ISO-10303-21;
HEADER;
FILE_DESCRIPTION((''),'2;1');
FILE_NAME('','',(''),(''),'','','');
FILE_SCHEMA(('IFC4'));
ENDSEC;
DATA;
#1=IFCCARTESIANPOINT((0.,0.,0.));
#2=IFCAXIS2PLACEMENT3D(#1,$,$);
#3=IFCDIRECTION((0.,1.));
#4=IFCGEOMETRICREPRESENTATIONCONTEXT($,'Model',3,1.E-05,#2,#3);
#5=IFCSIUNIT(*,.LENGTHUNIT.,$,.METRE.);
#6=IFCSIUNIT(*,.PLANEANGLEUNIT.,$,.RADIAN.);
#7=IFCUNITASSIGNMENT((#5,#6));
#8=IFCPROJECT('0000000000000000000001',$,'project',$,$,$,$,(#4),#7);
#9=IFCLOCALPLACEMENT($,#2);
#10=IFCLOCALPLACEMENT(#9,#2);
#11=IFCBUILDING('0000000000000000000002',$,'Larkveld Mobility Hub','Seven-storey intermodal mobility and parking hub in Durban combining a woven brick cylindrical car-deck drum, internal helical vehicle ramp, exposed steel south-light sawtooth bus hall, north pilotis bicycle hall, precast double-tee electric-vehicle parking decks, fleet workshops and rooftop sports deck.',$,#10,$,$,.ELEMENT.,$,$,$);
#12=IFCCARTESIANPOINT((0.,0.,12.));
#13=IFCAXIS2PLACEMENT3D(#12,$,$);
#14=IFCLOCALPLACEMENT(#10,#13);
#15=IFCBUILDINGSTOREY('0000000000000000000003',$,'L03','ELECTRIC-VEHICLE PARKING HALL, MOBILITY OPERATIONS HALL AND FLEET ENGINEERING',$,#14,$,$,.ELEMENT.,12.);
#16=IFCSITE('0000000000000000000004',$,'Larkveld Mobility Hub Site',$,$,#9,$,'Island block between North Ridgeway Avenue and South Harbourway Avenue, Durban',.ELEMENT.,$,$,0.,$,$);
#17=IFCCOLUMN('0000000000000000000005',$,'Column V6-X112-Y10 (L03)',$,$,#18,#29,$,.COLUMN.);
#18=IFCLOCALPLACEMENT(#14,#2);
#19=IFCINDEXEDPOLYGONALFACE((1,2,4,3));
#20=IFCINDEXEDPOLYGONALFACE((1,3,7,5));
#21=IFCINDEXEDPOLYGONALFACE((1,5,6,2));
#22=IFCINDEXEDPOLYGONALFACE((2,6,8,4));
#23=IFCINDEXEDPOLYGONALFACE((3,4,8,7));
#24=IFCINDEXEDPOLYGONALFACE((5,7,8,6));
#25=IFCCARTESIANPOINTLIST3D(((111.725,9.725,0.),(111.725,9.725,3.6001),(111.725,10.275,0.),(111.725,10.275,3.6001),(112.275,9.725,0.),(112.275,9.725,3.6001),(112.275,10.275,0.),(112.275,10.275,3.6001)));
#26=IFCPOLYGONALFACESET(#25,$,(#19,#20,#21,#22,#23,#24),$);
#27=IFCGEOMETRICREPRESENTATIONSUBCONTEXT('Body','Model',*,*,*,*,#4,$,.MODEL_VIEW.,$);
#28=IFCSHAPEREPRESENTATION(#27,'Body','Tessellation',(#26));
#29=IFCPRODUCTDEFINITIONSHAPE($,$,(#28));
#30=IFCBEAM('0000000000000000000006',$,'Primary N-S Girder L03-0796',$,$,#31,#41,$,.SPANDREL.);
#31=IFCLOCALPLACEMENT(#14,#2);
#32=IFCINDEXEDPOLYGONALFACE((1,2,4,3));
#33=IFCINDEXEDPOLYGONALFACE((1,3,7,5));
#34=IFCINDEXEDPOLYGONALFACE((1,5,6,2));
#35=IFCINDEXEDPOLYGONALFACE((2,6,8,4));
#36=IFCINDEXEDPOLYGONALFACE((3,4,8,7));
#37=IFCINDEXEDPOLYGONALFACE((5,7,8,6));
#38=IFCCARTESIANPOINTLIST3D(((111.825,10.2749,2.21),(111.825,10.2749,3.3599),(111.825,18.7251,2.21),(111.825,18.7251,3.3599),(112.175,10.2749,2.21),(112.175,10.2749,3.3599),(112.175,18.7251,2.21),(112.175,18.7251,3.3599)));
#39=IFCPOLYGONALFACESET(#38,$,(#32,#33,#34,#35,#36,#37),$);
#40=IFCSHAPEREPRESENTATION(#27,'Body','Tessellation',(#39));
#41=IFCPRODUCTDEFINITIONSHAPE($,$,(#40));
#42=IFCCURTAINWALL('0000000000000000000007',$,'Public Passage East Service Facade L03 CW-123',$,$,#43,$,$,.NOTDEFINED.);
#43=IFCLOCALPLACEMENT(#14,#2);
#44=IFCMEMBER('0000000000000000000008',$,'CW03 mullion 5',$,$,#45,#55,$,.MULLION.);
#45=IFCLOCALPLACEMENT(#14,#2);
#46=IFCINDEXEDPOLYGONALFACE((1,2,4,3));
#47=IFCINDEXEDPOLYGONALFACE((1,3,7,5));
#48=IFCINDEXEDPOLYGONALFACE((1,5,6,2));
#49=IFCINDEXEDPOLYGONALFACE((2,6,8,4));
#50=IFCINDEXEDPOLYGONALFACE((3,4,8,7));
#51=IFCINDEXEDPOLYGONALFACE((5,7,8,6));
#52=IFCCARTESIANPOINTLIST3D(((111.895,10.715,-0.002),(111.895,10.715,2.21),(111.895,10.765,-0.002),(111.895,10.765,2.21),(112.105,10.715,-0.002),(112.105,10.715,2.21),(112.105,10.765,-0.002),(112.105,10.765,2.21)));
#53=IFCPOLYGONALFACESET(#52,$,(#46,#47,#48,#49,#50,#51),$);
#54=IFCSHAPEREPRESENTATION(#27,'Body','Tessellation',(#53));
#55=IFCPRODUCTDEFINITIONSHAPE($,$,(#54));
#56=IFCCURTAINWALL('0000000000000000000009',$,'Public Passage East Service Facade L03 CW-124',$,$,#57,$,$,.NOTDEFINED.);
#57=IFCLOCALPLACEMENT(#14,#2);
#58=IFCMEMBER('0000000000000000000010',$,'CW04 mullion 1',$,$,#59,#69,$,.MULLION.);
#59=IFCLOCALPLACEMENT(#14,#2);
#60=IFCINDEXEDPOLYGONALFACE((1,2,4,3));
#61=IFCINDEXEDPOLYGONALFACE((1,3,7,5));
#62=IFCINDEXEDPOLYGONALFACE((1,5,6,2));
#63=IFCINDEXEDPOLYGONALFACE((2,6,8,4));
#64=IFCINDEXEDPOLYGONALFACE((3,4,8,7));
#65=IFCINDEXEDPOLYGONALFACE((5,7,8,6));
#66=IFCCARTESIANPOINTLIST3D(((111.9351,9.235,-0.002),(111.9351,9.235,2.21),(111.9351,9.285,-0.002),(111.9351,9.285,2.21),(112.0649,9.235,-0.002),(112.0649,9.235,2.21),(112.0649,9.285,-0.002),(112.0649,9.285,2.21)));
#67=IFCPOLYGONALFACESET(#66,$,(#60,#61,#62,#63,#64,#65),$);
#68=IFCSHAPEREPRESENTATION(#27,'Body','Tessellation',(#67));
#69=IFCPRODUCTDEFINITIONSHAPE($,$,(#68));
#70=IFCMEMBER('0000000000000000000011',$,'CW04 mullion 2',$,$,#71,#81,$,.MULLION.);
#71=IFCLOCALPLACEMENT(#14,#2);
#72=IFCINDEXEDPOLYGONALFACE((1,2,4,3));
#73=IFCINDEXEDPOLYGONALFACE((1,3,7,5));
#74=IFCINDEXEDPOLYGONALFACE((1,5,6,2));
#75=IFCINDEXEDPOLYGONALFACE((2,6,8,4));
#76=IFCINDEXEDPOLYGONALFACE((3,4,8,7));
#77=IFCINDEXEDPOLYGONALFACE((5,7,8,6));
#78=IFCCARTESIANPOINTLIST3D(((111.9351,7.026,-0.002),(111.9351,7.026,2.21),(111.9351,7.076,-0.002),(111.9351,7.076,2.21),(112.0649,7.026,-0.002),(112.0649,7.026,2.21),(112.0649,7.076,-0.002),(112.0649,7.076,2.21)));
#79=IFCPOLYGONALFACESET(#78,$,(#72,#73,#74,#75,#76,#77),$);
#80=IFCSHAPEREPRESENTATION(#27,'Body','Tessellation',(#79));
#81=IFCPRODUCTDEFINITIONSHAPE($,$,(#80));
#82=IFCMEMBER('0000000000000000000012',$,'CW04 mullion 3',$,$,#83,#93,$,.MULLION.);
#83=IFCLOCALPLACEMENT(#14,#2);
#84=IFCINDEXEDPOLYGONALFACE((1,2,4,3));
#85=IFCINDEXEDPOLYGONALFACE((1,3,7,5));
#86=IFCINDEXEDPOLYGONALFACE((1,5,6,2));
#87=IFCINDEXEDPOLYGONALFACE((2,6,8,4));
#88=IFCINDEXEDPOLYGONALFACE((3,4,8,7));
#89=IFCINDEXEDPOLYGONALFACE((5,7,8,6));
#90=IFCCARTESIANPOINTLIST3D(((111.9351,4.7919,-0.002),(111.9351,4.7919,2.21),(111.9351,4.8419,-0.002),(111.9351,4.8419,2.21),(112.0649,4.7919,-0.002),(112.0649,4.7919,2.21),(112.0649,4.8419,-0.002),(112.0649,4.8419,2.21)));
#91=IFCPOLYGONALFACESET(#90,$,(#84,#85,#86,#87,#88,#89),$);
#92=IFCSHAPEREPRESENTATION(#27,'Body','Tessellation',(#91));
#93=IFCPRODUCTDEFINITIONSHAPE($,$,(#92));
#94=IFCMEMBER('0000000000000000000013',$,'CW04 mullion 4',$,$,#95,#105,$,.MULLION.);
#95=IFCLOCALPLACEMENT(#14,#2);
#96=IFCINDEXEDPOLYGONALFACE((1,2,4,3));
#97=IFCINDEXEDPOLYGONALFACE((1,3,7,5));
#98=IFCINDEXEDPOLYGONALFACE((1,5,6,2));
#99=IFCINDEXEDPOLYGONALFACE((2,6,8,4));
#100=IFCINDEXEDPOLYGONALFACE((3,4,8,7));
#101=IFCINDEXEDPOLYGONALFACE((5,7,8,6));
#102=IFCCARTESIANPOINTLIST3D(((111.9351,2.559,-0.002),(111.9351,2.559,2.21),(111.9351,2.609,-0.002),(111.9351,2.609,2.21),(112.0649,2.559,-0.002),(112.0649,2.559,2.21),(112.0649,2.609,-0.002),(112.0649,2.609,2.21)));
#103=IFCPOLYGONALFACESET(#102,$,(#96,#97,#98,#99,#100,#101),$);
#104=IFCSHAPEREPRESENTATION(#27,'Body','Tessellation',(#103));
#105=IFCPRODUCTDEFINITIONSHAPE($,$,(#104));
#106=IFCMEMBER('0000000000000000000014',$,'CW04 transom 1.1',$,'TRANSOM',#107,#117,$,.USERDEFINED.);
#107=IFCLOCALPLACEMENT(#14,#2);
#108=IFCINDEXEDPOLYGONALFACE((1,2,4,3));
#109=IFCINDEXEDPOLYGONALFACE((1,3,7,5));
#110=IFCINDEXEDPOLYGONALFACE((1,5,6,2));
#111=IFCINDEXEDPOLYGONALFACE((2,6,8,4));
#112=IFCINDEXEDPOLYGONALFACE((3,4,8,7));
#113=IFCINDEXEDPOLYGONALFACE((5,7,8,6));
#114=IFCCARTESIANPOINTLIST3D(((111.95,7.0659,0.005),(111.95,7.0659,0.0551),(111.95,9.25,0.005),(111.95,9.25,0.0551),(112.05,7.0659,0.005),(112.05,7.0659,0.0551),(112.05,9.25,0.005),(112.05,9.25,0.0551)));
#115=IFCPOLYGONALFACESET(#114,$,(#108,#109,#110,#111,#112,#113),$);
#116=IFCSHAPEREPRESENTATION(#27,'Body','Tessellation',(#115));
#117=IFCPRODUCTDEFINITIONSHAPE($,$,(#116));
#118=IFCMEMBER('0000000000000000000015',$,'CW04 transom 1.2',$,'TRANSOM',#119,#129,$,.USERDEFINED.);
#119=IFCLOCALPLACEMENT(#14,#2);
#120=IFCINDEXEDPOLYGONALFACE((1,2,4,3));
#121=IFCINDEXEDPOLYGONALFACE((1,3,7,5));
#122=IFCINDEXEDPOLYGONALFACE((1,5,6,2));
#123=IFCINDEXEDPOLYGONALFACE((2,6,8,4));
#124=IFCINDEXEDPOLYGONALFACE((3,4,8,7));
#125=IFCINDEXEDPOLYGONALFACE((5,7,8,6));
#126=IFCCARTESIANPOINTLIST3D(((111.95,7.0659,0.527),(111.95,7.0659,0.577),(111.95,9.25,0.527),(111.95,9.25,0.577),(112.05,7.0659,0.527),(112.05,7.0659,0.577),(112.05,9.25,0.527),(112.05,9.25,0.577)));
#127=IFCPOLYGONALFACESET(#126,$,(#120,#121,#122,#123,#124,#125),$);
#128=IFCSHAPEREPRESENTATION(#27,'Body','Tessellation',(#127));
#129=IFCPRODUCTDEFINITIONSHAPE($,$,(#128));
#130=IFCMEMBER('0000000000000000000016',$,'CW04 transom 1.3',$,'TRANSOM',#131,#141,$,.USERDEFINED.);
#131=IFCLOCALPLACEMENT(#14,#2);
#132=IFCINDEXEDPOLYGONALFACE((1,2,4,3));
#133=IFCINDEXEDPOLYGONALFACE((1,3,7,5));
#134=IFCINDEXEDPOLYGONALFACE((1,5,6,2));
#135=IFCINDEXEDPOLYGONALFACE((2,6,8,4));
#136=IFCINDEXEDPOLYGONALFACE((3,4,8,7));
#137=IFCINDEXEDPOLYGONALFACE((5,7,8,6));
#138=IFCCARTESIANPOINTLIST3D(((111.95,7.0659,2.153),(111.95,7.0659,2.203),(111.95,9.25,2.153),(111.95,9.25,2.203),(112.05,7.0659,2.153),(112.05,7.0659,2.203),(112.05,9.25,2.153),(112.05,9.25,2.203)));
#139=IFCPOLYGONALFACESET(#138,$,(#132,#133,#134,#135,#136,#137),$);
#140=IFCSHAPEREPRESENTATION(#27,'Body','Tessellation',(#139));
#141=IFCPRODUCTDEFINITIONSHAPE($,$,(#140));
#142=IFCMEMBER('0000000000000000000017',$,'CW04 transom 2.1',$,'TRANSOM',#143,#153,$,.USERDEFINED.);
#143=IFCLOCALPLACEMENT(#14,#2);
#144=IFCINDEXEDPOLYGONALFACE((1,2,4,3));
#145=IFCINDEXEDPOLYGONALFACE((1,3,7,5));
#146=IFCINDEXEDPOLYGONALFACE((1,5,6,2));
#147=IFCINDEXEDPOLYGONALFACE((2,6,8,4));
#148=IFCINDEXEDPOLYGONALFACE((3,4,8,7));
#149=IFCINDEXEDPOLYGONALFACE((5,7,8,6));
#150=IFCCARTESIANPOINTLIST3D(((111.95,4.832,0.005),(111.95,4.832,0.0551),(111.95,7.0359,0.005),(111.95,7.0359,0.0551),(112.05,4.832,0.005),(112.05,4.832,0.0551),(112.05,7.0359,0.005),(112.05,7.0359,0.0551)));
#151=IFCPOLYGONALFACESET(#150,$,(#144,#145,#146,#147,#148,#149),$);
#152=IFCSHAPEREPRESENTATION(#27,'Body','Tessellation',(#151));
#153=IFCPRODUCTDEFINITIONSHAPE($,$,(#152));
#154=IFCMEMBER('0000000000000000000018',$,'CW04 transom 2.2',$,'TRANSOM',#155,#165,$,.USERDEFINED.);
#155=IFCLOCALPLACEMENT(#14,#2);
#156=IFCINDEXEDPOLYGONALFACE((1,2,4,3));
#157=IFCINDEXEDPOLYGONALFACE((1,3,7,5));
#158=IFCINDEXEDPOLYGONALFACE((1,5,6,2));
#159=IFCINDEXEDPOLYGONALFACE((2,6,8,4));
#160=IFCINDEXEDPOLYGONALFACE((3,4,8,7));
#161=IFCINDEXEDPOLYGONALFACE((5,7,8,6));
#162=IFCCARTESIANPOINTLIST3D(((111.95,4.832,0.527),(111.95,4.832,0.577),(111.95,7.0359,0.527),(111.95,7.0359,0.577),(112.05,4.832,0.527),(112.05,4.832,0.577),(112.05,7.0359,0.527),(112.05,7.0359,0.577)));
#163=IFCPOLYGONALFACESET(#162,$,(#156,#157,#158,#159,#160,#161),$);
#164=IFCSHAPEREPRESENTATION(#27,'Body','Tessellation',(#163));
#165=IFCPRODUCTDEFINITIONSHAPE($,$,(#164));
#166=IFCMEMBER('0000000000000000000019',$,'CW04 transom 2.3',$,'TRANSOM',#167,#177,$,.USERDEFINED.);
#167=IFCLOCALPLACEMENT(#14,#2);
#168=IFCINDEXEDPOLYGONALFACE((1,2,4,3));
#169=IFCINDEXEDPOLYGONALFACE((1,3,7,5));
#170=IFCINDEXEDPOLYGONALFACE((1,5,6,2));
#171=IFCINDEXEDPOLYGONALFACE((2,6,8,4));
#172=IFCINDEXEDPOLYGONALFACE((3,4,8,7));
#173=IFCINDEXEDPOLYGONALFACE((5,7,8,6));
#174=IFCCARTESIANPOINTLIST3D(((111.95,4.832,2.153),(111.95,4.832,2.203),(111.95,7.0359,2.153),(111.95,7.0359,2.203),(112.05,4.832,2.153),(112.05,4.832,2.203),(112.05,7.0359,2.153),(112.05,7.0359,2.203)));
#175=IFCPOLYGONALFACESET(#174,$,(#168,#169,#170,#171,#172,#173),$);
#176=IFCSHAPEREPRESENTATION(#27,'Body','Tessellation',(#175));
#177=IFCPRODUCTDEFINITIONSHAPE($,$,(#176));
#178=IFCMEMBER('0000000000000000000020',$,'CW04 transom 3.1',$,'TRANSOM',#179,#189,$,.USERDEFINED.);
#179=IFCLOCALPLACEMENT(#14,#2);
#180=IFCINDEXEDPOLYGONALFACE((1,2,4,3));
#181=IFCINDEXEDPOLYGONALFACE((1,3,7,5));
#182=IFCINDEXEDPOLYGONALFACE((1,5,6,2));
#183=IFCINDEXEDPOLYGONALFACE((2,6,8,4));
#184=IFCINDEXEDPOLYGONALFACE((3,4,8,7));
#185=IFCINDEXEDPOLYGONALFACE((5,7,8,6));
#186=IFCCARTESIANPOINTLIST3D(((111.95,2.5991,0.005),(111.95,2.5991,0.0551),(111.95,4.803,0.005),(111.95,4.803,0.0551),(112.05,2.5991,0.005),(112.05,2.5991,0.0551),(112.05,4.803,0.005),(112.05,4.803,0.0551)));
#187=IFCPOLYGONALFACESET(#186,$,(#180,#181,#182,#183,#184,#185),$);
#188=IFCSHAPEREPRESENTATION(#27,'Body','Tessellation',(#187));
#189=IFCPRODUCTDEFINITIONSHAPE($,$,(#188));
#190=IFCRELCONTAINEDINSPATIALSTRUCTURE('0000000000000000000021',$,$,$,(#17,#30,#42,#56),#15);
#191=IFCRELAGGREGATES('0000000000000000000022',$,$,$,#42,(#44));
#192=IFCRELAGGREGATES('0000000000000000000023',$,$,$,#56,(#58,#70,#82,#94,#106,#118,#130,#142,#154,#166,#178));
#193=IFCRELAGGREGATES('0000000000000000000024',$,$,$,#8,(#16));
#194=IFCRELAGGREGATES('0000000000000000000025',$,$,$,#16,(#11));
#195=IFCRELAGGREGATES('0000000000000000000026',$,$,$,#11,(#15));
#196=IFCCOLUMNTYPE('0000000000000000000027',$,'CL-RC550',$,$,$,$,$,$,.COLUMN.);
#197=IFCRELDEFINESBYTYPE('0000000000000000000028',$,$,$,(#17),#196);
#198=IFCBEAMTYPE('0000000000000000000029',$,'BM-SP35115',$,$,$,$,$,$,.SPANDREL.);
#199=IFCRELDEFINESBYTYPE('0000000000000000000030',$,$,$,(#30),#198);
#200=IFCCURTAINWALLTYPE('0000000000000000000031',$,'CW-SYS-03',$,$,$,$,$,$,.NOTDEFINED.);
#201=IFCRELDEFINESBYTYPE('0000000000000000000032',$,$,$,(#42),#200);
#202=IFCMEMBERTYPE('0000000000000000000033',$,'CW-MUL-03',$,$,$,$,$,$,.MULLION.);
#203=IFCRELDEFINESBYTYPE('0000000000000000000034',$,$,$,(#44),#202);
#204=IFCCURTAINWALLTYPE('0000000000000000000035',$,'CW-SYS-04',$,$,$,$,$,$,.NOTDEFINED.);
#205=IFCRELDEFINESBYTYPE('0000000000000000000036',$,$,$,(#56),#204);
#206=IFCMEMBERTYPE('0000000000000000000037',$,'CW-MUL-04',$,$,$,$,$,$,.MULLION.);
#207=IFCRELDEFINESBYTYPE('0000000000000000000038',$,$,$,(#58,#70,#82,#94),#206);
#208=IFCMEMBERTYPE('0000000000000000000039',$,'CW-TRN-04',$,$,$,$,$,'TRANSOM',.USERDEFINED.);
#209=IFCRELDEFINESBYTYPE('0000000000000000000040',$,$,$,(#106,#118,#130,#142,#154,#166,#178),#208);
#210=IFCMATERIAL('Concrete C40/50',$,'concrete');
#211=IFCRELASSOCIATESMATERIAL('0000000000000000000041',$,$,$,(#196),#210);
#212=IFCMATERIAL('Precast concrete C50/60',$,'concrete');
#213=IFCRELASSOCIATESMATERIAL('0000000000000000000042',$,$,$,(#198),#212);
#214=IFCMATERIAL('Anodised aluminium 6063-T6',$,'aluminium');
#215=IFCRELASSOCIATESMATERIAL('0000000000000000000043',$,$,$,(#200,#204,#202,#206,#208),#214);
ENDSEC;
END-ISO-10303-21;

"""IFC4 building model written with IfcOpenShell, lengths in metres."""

from ifc_helpers import new_model, si_unit, direction, frame, origin, origin_2d, place, context, subcontext, project, spatial, rectangle, extrude, material, material_profile, profile_set, type_object, element, aggregate, save


model = new_model("IFC4")

# Units and contexts
model_context = context("Model", 3, precision=1e-05, world=origin(), true_north=direction((0.0, 1.0)))
body_context = subcontext(model_context, "Body", "Model", "MODEL_VIEW")
ifc_project = project(units=[si_unit("LENGTHUNIT", "METRE"), si_unit("PLANEANGLEUNIT", "RADIAN")], contexts=[model_context])

# Site, building, storey
site_placement = place(None, origin())
site = spatial("IfcSite", under=ifc_project, at=site_placement, Name="Larkveld Mobility Hub Site", LongName="Island block between North Ridgeway Avenue and South Harbourway Avenue, Durban", CompositionType="ELEMENT", RefElevation=0.0)
building_placement = place(site_placement, origin())
building = spatial("IfcBuilding", under=site, at=building_placement, Name="Larkveld Mobility Hub", Description="Seven-storey intermodal mobility and parking hub in Durban combining a woven brick cylindrical car-deck drum, internal helical vehicle ramp, exposed steel south-light sawtooth bus hall, north pilotis bicycle hall, precast double-tee electric-vehicle parking decks, fleet workshops and rooftop sports deck.", CompositionType="ELEMENT")
storey_placement = place(building_placement, frame((0.0, 0.0, 12.0)))
storey = spatial("IfcBuildingStorey", under=building, at=storey_placement, Name="L03", Description="ELECTRIC-VEHICLE PARKING HALL, MOBILITY OPERATIONS HALL AND FLEET ENGINEERING", CompositionType="ELEMENT", Elevation=12.0)

# Column
ifc_material_1 = material(Name="Concrete C40/50", Category="concrete")
ifc_material_profile_1 = material_profile(ifc_material_1, rectangle(XDim=0.55, YDim=0.55, at=origin_2d()), Name="RC COL 550x550")
ifc_profile_set_1 = profile_set([ifc_material_profile_1], Name="Concrete C40/50")
column_type = type_object("IfcColumnType", Name="CL-RC550", PredefinedType="COLUMN", material=ifc_profile_set_1)
column_placement = place(storey_placement, frame((112.0, 10.0, 0.0), z_axis=(0.0, 0.0, 1.0), x_axis=(1.0, 0.0, 0.0)))
element("IfcColumn", 1, at=column_placement, inside=storey, type_object=column_type, Name="Column V6-X112-Y10 (L03)", PredefinedType="COLUMN", context=body_context, shape_type="SweptSolid", body=[
    extrude(rectangle(XDim=0.55, YDim=0.55, at=origin_2d()), origin(), (0.0, 0.0, 1.0), 3.6001),
])

# Beam
ifc_material_2 = material(Name="Precast concrete C50/60", Category="concrete")
ifc_material_profile_2 = material_profile(ifc_material_2, rectangle(XDim=0.3501, YDim=1.1499, at=origin_2d()), Name="PC SP 350x1150")
ifc_profile_set_2 = profile_set([ifc_material_profile_2], Name="Precast concrete C50/60")
beam_type = type_object("IfcBeamType", Name="BM-SP35115", PredefinedType="SPANDREL", material=ifc_profile_set_2)
beam_placement = place(storey_placement, frame((112.0, 10.2749, 2.7849), z_axis=(0.0, 1.0, 0.0), x_axis=(-1.0, 0.0, 0.0)))
element("IfcBeam", 2, at=beam_placement, inside=storey, type_object=beam_type, Name="Primary N-S Girder L03-0796", PredefinedType="SPANDREL", context=body_context, shape_type="SweptSolid", body=[
    extrude(rectangle(XDim=0.3501, YDim=1.1499, at=origin_2d()), origin(), (0.0, 0.0, 1.0), 8.4502),
])

# Curtain wall, member
ifc_material_3 = material(Name="Anodised aluminium 6063-T6", Category="aluminium")
curtain_wall_type_1 = type_object("IfcCurtainWallType", Name="CW-SYS-03", PredefinedType="NOTDEFINED", material=ifc_material_3)
curtain_wall_1_placement = place(storey_placement, origin())
curtain_wall_1 = element("IfcCurtainWall", 3, at=curtain_wall_1_placement, inside=storey, type_object=curtain_wall_type_1, Name="Public Passage East Service Facade L03 CW-123", PredefinedType="NOTDEFINED")
ifc_material_profile_3 = material_profile(ifc_material_3, rectangle(XDim=0.05, YDim=0.21, at=origin_2d()), Name="ALU MULL 50x210")
ifc_profile_set_3 = profile_set([ifc_material_profile_3], Name="Anodised aluminium 6063-T6")
member_type_1 = type_object("IfcMemberType", Name="CW-MUL-03", PredefinedType="MULLION", material=ifc_profile_set_3)
member_1_placement = place(storey_placement, frame((112.0, 10.74, -0.002), z_axis=(0.0, 0.0, 1.0), x_axis=(0.0, -1.0, 0.0)))
member_1 = element("IfcMember", 4, at=member_1_placement, type_object=member_type_1, Name="CW03 mullion 5", PredefinedType="MULLION", context=body_context, shape_type="SweptSolid", body=[
    extrude(rectangle(XDim=0.05, YDim=0.21, at=origin_2d()), origin(), (0.0, 0.0, 1.0), 2.2119),
])

# Curtain wall, members
curtain_wall_type_2 = type_object("IfcCurtainWallType", Name="CW-SYS-04", PredefinedType="NOTDEFINED", material=ifc_material_3)
curtain_wall_2_placement = place(storey_placement, origin())
curtain_wall_2 = element("IfcCurtainWall", 5, at=curtain_wall_2_placement, inside=storey, type_object=curtain_wall_type_2, Name="Public Passage East Service Facade L03 CW-124", PredefinedType="NOTDEFINED")
ifc_material_profile_4 = material_profile(ifc_material_3, rectangle(XDim=0.05, YDim=0.1299, at=origin_2d()), Name="ALU MULL 50x130")
ifc_profile_set_4 = profile_set([ifc_material_profile_4], Name="Anodised aluminium 6063-T6")
member_type_2 = type_object("IfcMemberType", Name="CW-MUL-04", PredefinedType="MULLION", material=ifc_profile_set_4)
member_2_placement = place(storey_placement, frame((112.0, 9.26, -0.002), z_axis=(0.0, 0.0, 1.0), x_axis=(0.0, -1.0, 0.0)))
member_2 = element("IfcMember", 6, at=member_2_placement, type_object=member_type_2, Name="CW04 mullion 1", PredefinedType="MULLION", context=body_context, shape_type="SweptSolid", body=[
    extrude(rectangle(XDim=0.05, YDim=0.1299, at=origin_2d()), origin(), (0.0, 0.0, 1.0), 2.2119),
])
member_3_placement = place(storey_placement, frame((112.0, 7.051, -0.002), z_axis=(0.0, 0.0, 1.0), x_axis=(0.0, -1.0, 0.0)))
member_3 = element("IfcMember", 7, at=member_3_placement, type_object=member_type_2, Name="CW04 mullion 2", PredefinedType="MULLION", context=body_context, shape_type="SweptSolid", body=[
    extrude(rectangle(XDim=0.05, YDim=0.1299, at=origin_2d()), origin(), (0.0, 0.0, 1.0), 2.2119),
])
member_4_placement = place(storey_placement, frame((112.0, 4.8169, -0.002), z_axis=(0.0, 0.0, 1.0), x_axis=(0.0, -1.0, 0.0)))
member_4 = element("IfcMember", 8, at=member_4_placement, type_object=member_type_2, Name="CW04 mullion 3", PredefinedType="MULLION", context=body_context, shape_type="SweptSolid", body=[
    extrude(rectangle(XDim=0.05, YDim=0.1299, at=origin_2d()), origin(), (0.0, 0.0, 1.0), 2.2119),
])
member_5_placement = place(storey_placement, frame((112.0, 2.584, -0.002), z_axis=(0.0, 0.0, 1.0), x_axis=(0.0, -1.0, 0.0)))
member_5 = element("IfcMember", 9, at=member_5_placement, type_object=member_type_2, Name="CW04 mullion 4", PredefinedType="MULLION", context=body_context, shape_type="SweptSolid", body=[
    extrude(rectangle(XDim=0.05, YDim=0.1299, at=origin_2d()), origin(), (0.0, 0.0, 1.0), 2.2119),
])
ifc_material_profile_5 = material_profile(ifc_material_3, rectangle(XDim=0.1001, YDim=0.05, at=origin_2d()), Name="ALU TRAN 50x100")
ifc_profile_set_5 = profile_set([ifc_material_profile_5], Name="Anodised aluminium 6063-T6")
member_type_3 = type_object("IfcMemberType", Name="CW-TRN-04", ElementType="TRANSOM", PredefinedType="USERDEFINED", material=ifc_profile_set_5)
member_6_placement = place(storey_placement, frame((112.0, 9.25, 0.03), z_axis=(0.0, -1.0, 0.0), x_axis=(1.0, 0.0, 0.0)))
member_6 = element("IfcMember", 10, at=member_6_placement, type_object=member_type_3, Name="CW04 transom 1.1", ObjectType="TRANSOM", PredefinedType="USERDEFINED", context=body_context, shape_type="SweptSolid", body=[
    extrude(rectangle(XDim=0.1001, YDim=0.05, at=origin_2d()), origin(), (0.0, 0.0, 1.0), 2.1841),
])
member_7_placement = place(storey_placement, frame((112.0, 9.25, 0.552), z_axis=(0.0, -1.0, 0.0), x_axis=(1.0, 0.0, 0.0)))
member_7 = element("IfcMember", 11, at=member_7_placement, type_object=member_type_3, Name="CW04 transom 1.2", ObjectType="TRANSOM", PredefinedType="USERDEFINED", context=body_context, shape_type="SweptSolid", body=[
    extrude(rectangle(XDim=0.1001, YDim=0.05, at=origin_2d()), origin(), (0.0, 0.0, 1.0), 2.1841),
])
member_8_placement = place(storey_placement, frame((112.0, 9.25, 2.178), z_axis=(0.0, -1.0, 0.0), x_axis=(1.0, 0.0, 0.0)))
member_8 = element("IfcMember", 12, at=member_8_placement, type_object=member_type_3, Name="CW04 transom 1.3", ObjectType="TRANSOM", PredefinedType="USERDEFINED", context=body_context, shape_type="SweptSolid", body=[
    extrude(rectangle(XDim=0.1001, YDim=0.05, at=origin_2d()), origin(), (0.0, 0.0, 1.0), 2.1841),
])
member_9_placement = place(storey_placement, frame((112.0, 7.0359, 0.03), z_axis=(0.0, -1.0, 0.0), x_axis=(1.0, 0.0, 0.0)))
member_9 = element("IfcMember", 13, at=member_9_placement, type_object=member_type_3, Name="CW04 transom 2.1", ObjectType="TRANSOM", PredefinedType="USERDEFINED", context=body_context, shape_type="SweptSolid", body=[
    extrude(rectangle(XDim=0.1001, YDim=0.05, at=origin_2d()), origin(), (0.0, 0.0, 1.0), 2.2039),
])
member_10_placement = place(storey_placement, frame((112.0, 7.0359, 0.552), z_axis=(0.0, -1.0, 0.0), x_axis=(1.0, 0.0, 0.0)))
member_10 = element("IfcMember", 14, at=member_10_placement, type_object=member_type_3, Name="CW04 transom 2.2", ObjectType="TRANSOM", PredefinedType="USERDEFINED", context=body_context, shape_type="SweptSolid", body=[
    extrude(rectangle(XDim=0.1001, YDim=0.05, at=origin_2d()), origin(), (0.0, 0.0, 1.0), 2.2039),
])
member_11_placement = place(storey_placement, frame((112.0, 7.0359, 2.178), z_axis=(0.0, -1.0, 0.0), x_axis=(1.0, 0.0, 0.0)))
member_11 = element("IfcMember", 15, at=member_11_placement, type_object=member_type_3, Name="CW04 transom 2.3", ObjectType="TRANSOM", PredefinedType="USERDEFINED", context=body_context, shape_type="SweptSolid", body=[
    extrude(rectangle(XDim=0.1001, YDim=0.05, at=origin_2d()), origin(), (0.0, 0.0, 1.0), 2.2039),
])
member_12_placement = place(storey_placement, frame((112.0, 4.803, 0.03), z_axis=(0.0, -1.0, 0.0), x_axis=(1.0, 0.0, 0.0)))
member_12 = element("IfcMember", 16, at=member_12_placement, type_object=member_type_3, Name="CW04 transom 3.1", ObjectType="TRANSOM", PredefinedType="USERDEFINED", context=body_context, shape_type="SweptSolid", body=[
    extrude(rectangle(XDim=0.1001, YDim=0.05, at=origin_2d()), origin(), (0.0, 0.0, 1.0), 2.2039),
])

aggregate(curtain_wall_1, [member_1])
aggregate(curtain_wall_2, [member_2, member_3, member_4, member_5, member_6, member_7, member_8, member_9, member_10, member_11, member_12])

save(model, "model.ifc")
